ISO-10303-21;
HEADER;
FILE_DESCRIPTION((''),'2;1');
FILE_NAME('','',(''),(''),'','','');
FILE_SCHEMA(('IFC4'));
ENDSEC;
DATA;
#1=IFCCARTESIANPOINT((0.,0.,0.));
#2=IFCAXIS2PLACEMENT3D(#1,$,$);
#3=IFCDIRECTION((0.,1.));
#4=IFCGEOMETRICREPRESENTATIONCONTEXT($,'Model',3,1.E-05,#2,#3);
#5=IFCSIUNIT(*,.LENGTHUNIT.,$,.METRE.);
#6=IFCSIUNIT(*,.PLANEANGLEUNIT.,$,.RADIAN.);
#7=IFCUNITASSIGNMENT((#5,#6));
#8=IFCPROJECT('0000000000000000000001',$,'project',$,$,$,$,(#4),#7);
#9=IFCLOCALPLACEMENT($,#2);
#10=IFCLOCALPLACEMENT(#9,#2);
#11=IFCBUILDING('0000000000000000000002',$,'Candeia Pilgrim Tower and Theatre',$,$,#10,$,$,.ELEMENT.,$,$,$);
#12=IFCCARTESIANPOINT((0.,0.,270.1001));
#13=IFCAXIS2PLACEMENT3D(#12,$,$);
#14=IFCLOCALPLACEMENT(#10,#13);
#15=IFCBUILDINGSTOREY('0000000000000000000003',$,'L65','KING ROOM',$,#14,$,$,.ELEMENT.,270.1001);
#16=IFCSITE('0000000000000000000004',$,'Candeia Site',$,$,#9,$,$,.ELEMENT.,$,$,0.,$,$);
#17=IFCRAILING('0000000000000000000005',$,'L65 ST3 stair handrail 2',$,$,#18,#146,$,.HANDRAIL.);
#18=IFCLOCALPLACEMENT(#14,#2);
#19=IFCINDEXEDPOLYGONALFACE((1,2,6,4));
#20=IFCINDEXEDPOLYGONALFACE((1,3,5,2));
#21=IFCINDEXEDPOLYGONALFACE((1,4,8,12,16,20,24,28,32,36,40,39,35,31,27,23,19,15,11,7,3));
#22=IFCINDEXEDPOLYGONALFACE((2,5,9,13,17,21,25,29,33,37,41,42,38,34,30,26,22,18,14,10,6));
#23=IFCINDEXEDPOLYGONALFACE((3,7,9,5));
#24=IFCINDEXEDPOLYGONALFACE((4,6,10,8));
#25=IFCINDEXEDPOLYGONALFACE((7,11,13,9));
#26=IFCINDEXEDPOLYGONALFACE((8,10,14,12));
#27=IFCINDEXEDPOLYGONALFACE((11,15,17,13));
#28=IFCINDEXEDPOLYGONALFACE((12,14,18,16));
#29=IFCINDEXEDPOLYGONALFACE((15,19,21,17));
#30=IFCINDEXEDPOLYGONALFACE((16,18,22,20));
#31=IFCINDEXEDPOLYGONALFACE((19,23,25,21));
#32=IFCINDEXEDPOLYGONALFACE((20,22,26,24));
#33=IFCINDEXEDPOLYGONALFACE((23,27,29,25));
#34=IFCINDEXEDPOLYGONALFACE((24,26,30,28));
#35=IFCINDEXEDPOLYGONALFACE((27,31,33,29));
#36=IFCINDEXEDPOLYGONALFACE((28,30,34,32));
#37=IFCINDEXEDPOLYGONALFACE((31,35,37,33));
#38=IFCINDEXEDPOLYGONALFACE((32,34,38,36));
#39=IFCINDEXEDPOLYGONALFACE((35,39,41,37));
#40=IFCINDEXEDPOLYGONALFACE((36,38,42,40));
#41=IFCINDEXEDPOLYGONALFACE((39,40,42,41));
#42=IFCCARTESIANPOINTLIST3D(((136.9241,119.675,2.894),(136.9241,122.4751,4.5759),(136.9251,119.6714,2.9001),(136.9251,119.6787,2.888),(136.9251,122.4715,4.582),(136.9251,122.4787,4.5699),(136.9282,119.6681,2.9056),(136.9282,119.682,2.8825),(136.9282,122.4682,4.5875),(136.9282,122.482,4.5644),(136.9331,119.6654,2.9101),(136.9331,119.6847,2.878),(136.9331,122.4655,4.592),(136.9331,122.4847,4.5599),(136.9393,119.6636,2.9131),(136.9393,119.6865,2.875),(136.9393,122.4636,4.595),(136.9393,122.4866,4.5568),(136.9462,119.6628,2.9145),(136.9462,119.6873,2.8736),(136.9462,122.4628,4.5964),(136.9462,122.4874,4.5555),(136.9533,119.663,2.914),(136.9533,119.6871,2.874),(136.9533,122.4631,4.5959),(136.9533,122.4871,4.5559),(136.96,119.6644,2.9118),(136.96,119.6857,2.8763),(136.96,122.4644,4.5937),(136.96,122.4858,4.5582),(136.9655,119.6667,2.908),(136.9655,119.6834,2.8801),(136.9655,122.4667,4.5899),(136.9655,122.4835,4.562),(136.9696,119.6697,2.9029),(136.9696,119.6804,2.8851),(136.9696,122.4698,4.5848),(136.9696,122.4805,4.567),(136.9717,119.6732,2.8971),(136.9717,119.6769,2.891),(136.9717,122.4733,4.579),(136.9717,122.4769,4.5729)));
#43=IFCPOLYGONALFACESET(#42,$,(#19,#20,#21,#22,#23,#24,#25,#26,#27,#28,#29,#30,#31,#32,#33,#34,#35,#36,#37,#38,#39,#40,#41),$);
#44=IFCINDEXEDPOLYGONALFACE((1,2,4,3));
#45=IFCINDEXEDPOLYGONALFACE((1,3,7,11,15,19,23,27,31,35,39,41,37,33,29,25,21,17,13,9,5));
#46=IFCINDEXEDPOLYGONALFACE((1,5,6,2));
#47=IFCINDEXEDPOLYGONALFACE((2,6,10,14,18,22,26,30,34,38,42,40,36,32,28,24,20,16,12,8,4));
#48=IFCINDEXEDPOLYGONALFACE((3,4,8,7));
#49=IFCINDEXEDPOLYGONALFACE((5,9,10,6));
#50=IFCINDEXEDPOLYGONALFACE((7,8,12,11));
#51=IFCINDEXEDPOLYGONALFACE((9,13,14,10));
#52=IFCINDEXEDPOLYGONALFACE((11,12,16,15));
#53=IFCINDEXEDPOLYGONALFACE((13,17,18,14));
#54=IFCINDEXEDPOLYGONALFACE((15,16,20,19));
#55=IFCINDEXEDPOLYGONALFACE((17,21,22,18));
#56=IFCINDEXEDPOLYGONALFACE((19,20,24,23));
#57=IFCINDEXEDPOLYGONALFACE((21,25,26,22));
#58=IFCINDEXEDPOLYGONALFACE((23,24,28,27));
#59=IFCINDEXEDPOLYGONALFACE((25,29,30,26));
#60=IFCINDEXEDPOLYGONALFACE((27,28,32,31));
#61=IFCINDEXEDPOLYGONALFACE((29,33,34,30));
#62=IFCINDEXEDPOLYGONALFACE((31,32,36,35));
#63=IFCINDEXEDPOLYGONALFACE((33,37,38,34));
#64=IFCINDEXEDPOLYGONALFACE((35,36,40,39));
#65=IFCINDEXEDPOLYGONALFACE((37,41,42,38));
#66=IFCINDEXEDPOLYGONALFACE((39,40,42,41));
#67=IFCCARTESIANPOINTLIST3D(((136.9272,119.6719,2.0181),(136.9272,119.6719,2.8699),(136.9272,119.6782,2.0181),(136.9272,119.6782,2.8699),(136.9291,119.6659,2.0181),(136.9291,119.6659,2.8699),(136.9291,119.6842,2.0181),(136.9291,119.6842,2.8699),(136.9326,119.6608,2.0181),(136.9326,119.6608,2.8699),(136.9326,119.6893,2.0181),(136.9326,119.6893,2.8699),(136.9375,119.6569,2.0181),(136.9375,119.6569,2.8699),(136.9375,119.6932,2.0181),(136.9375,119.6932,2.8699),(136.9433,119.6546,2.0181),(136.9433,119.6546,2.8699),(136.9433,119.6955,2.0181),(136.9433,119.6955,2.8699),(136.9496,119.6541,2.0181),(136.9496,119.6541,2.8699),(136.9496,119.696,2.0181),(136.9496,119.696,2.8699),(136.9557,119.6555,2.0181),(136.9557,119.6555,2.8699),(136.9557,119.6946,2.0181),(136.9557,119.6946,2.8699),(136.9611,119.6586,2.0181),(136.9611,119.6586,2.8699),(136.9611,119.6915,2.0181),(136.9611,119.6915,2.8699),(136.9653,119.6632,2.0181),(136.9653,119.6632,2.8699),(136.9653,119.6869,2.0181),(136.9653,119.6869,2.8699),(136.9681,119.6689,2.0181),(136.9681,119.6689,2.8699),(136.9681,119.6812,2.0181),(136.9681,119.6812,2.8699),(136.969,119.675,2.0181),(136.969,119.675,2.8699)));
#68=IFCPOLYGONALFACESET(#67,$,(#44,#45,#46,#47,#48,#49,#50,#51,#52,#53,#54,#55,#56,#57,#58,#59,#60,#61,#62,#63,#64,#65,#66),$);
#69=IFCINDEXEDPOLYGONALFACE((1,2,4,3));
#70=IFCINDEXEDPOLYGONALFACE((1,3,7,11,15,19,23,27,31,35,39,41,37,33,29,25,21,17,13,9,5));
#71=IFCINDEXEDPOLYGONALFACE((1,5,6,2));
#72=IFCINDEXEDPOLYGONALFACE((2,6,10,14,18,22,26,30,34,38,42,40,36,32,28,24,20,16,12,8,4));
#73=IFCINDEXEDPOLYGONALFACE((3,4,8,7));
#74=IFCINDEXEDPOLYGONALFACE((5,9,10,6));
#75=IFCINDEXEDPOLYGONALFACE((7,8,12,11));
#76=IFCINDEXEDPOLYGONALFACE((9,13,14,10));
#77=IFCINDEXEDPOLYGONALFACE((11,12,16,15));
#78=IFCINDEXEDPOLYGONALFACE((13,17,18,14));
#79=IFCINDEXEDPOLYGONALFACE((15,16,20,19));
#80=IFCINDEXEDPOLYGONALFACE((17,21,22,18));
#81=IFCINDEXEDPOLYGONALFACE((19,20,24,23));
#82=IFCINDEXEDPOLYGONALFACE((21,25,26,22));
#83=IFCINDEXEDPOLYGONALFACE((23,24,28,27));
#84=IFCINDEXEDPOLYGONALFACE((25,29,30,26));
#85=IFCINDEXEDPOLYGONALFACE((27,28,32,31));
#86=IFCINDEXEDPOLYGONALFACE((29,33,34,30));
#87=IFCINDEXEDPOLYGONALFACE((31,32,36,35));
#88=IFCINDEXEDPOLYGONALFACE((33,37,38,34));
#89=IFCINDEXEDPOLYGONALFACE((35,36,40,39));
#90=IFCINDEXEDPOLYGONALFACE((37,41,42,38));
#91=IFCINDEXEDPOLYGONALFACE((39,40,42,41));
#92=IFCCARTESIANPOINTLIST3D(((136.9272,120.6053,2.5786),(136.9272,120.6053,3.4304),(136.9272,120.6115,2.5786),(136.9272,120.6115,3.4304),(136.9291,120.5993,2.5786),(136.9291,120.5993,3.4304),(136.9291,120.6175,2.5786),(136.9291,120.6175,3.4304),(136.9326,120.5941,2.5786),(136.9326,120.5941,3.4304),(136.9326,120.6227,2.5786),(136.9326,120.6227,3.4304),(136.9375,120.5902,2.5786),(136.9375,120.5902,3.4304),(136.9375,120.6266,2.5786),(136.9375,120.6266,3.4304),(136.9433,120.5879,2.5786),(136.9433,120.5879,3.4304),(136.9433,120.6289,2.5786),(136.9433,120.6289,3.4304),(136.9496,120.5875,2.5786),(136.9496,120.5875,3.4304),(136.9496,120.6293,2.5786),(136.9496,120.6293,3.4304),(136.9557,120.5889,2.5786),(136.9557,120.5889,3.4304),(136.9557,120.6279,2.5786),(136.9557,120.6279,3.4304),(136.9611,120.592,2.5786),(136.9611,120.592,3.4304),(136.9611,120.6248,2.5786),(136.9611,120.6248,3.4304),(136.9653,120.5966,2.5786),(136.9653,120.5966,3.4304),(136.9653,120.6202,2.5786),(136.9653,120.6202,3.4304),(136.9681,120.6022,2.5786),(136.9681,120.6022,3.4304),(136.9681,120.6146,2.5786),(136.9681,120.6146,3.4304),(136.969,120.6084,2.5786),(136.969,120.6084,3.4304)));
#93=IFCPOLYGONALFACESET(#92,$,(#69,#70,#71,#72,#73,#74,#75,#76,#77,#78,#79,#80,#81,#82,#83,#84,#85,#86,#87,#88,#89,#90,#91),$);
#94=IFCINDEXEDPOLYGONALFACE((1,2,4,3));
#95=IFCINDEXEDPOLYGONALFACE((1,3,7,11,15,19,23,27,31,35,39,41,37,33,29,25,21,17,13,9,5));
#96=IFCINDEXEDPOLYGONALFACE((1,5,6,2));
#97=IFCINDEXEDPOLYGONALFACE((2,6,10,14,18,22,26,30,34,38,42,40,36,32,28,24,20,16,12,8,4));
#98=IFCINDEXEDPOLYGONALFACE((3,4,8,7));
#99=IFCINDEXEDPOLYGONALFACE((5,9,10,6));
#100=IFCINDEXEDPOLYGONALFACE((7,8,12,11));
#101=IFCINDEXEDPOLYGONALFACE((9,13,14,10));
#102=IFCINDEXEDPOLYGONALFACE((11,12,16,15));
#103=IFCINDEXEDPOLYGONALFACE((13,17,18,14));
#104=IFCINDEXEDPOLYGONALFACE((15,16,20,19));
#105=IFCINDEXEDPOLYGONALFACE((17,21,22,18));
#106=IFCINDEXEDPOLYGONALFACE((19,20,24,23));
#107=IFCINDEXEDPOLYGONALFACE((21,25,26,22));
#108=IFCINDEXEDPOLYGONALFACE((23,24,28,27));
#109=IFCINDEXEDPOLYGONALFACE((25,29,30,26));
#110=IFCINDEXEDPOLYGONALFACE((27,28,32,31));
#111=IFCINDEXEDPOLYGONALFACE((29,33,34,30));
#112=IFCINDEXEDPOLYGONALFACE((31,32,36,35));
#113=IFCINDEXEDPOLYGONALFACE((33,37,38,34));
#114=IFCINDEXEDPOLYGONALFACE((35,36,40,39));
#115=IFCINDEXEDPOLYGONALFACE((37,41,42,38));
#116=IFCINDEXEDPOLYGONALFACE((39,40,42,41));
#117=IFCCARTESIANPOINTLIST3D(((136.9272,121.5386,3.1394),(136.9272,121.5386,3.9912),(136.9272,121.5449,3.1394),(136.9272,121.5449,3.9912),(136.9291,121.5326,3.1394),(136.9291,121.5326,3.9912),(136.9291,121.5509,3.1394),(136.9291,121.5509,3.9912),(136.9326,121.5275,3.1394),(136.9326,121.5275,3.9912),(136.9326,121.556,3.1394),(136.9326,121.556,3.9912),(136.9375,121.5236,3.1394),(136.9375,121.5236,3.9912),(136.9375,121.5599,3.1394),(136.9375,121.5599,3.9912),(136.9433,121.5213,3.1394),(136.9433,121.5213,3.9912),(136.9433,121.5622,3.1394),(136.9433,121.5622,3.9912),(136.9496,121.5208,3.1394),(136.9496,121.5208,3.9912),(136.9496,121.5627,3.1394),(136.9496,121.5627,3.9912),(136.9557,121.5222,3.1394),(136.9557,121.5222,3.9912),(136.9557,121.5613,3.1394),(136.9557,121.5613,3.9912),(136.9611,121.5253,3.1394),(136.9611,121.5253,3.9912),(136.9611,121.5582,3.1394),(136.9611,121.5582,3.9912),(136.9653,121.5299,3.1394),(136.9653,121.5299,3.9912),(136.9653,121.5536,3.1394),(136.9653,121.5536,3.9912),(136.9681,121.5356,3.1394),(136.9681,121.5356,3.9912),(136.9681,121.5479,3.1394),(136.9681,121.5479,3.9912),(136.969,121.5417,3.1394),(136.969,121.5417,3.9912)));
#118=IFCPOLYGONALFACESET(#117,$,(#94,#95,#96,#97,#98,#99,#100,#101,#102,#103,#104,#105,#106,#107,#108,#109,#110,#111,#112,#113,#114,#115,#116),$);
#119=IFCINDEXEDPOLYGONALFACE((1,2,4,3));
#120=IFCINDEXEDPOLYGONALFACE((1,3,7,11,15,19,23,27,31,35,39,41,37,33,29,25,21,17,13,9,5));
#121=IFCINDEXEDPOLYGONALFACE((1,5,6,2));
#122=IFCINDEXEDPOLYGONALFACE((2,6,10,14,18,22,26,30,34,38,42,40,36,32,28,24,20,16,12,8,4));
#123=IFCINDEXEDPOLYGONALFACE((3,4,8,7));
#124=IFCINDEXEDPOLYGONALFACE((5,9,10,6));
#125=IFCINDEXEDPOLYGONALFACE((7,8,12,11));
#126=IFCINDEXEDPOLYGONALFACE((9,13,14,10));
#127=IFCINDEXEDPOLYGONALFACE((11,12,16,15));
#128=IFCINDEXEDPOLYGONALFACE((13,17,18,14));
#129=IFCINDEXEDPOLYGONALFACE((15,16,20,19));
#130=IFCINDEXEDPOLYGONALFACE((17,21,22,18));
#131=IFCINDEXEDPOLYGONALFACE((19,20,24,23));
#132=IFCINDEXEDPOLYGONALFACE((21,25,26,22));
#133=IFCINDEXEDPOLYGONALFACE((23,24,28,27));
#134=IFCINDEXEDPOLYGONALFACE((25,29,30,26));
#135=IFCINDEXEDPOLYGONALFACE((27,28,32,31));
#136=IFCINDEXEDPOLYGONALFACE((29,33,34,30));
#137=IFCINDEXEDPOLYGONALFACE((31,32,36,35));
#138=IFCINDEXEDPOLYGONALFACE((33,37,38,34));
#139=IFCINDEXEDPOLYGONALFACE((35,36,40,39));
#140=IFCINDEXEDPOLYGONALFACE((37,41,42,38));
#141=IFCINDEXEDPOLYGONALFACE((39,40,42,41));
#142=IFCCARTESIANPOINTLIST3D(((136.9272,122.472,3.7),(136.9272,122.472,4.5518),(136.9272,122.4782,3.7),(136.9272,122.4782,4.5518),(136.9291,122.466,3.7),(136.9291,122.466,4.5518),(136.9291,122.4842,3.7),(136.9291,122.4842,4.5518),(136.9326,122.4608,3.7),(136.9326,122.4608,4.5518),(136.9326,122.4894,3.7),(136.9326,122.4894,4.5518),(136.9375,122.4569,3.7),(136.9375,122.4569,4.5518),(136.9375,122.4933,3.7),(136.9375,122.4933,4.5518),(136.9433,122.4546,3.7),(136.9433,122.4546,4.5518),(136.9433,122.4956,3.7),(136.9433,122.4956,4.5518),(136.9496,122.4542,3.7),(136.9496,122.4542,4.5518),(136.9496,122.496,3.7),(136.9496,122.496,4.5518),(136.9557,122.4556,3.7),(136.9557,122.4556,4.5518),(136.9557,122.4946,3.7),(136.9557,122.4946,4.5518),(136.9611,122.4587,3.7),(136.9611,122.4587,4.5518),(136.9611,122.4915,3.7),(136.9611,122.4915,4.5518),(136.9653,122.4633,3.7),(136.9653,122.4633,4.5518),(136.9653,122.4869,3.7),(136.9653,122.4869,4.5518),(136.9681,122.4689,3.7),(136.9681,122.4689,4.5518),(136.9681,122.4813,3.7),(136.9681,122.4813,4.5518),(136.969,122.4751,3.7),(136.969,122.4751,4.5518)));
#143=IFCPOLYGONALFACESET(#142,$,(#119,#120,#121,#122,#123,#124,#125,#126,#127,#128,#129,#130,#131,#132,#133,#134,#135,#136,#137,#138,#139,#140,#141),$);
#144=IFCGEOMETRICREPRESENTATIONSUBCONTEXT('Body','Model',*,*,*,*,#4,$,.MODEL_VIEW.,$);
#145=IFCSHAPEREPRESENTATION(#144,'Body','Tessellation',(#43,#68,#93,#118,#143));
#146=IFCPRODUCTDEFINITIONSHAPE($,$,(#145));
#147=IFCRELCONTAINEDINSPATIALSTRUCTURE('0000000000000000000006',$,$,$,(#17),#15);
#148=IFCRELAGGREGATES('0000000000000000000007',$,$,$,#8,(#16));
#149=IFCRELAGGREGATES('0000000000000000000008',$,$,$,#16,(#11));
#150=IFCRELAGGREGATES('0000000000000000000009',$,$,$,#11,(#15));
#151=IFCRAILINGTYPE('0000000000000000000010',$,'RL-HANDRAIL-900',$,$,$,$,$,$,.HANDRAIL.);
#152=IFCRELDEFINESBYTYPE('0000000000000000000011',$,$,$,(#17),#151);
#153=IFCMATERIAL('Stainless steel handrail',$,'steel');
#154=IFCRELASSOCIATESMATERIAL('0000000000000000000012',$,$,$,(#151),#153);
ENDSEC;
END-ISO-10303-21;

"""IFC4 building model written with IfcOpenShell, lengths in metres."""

from ifc_helpers import new_model, si_unit, direction, frame, origin, origin_2d, place, context, subcontext, project, spatial, circle, extrude, material, type_object, element, save


model = new_model("IFC4")

# Units and contexts
model_context = context("Model", 3, precision=1e-05, world=origin(), true_north=direction((0.0, 1.0)))
body_context = subcontext(model_context, "Body", "Model", "MODEL_VIEW")
ifc_project = project(units=[si_unit("LENGTHUNIT", "METRE"), si_unit("PLANEANGLEUNIT", "RADIAN")], contexts=[model_context])

# Site, building, storey
site_placement = place(None, origin())
site = spatial("IfcSite", under=ifc_project, at=site_placement, Name="Candeia Site", CompositionType="ELEMENT", RefElevation=0.0)
building_placement = place(site_placement, origin())
building = spatial("IfcBuilding", under=site, at=building_placement, Name="Candeia Pilgrim Tower and Theatre", CompositionType="ELEMENT")
storey_placement = place(building_placement, frame((0.0, 0.0, 270.1001)))
storey = spatial("IfcBuildingStorey", under=building, at=storey_placement, Name="L65", Description="KING ROOM", CompositionType="ELEMENT", Elevation=270.1001)

# Railing
ifc_material_1 = material(Name="Stainless steel handrail", Category="steel")
railing_type_1 = type_object("IfcRailingType", Name="RL-HANDRAIL-900", PredefinedType="HANDRAIL", material=ifc_material_1)
railing_1_placement = place(storey_placement, frame((136.948, 119.675, 2.0181)))
element("IfcRailing", 1, at=railing_1_placement, inside=storey, type_object=railing_type_1, Name="L65 ST3 stair handrail 2", PredefinedType="HANDRAIL", context=body_context, shape_type="SweptSolid", body=[
    extrude(circle(Radius=0.0239, at=origin_2d()), frame((0.0, 0.0, 0.876), z_axis=(0.0, 0.857242, 0.514913), x_axis=(-1.0, 0.0, 0.0)), (0.0, 0.0, 1.0), 3.2664),
    extrude(circle(Radius=0.021, at=origin_2d()), origin(), (0.0, 0.0, 1.0), 0.8518),
    extrude(circle(Radius=0.021, at=origin_2d()), frame((0.0, 0.9333, 0.5605)), (0.0, 0.0, 1.0), 0.8518),
    extrude(circle(Radius=0.021, at=origin_2d()), frame((0.0, 1.8667, 1.1213)), (0.0, 0.0, 1.0), 0.8518),
    extrude(circle(Radius=0.021, at=origin_2d()), frame((0.0, 2.8, 1.6819)), (0.0, 0.0, 1.0), 0.8518),
])

save(model, "model.ifc")
